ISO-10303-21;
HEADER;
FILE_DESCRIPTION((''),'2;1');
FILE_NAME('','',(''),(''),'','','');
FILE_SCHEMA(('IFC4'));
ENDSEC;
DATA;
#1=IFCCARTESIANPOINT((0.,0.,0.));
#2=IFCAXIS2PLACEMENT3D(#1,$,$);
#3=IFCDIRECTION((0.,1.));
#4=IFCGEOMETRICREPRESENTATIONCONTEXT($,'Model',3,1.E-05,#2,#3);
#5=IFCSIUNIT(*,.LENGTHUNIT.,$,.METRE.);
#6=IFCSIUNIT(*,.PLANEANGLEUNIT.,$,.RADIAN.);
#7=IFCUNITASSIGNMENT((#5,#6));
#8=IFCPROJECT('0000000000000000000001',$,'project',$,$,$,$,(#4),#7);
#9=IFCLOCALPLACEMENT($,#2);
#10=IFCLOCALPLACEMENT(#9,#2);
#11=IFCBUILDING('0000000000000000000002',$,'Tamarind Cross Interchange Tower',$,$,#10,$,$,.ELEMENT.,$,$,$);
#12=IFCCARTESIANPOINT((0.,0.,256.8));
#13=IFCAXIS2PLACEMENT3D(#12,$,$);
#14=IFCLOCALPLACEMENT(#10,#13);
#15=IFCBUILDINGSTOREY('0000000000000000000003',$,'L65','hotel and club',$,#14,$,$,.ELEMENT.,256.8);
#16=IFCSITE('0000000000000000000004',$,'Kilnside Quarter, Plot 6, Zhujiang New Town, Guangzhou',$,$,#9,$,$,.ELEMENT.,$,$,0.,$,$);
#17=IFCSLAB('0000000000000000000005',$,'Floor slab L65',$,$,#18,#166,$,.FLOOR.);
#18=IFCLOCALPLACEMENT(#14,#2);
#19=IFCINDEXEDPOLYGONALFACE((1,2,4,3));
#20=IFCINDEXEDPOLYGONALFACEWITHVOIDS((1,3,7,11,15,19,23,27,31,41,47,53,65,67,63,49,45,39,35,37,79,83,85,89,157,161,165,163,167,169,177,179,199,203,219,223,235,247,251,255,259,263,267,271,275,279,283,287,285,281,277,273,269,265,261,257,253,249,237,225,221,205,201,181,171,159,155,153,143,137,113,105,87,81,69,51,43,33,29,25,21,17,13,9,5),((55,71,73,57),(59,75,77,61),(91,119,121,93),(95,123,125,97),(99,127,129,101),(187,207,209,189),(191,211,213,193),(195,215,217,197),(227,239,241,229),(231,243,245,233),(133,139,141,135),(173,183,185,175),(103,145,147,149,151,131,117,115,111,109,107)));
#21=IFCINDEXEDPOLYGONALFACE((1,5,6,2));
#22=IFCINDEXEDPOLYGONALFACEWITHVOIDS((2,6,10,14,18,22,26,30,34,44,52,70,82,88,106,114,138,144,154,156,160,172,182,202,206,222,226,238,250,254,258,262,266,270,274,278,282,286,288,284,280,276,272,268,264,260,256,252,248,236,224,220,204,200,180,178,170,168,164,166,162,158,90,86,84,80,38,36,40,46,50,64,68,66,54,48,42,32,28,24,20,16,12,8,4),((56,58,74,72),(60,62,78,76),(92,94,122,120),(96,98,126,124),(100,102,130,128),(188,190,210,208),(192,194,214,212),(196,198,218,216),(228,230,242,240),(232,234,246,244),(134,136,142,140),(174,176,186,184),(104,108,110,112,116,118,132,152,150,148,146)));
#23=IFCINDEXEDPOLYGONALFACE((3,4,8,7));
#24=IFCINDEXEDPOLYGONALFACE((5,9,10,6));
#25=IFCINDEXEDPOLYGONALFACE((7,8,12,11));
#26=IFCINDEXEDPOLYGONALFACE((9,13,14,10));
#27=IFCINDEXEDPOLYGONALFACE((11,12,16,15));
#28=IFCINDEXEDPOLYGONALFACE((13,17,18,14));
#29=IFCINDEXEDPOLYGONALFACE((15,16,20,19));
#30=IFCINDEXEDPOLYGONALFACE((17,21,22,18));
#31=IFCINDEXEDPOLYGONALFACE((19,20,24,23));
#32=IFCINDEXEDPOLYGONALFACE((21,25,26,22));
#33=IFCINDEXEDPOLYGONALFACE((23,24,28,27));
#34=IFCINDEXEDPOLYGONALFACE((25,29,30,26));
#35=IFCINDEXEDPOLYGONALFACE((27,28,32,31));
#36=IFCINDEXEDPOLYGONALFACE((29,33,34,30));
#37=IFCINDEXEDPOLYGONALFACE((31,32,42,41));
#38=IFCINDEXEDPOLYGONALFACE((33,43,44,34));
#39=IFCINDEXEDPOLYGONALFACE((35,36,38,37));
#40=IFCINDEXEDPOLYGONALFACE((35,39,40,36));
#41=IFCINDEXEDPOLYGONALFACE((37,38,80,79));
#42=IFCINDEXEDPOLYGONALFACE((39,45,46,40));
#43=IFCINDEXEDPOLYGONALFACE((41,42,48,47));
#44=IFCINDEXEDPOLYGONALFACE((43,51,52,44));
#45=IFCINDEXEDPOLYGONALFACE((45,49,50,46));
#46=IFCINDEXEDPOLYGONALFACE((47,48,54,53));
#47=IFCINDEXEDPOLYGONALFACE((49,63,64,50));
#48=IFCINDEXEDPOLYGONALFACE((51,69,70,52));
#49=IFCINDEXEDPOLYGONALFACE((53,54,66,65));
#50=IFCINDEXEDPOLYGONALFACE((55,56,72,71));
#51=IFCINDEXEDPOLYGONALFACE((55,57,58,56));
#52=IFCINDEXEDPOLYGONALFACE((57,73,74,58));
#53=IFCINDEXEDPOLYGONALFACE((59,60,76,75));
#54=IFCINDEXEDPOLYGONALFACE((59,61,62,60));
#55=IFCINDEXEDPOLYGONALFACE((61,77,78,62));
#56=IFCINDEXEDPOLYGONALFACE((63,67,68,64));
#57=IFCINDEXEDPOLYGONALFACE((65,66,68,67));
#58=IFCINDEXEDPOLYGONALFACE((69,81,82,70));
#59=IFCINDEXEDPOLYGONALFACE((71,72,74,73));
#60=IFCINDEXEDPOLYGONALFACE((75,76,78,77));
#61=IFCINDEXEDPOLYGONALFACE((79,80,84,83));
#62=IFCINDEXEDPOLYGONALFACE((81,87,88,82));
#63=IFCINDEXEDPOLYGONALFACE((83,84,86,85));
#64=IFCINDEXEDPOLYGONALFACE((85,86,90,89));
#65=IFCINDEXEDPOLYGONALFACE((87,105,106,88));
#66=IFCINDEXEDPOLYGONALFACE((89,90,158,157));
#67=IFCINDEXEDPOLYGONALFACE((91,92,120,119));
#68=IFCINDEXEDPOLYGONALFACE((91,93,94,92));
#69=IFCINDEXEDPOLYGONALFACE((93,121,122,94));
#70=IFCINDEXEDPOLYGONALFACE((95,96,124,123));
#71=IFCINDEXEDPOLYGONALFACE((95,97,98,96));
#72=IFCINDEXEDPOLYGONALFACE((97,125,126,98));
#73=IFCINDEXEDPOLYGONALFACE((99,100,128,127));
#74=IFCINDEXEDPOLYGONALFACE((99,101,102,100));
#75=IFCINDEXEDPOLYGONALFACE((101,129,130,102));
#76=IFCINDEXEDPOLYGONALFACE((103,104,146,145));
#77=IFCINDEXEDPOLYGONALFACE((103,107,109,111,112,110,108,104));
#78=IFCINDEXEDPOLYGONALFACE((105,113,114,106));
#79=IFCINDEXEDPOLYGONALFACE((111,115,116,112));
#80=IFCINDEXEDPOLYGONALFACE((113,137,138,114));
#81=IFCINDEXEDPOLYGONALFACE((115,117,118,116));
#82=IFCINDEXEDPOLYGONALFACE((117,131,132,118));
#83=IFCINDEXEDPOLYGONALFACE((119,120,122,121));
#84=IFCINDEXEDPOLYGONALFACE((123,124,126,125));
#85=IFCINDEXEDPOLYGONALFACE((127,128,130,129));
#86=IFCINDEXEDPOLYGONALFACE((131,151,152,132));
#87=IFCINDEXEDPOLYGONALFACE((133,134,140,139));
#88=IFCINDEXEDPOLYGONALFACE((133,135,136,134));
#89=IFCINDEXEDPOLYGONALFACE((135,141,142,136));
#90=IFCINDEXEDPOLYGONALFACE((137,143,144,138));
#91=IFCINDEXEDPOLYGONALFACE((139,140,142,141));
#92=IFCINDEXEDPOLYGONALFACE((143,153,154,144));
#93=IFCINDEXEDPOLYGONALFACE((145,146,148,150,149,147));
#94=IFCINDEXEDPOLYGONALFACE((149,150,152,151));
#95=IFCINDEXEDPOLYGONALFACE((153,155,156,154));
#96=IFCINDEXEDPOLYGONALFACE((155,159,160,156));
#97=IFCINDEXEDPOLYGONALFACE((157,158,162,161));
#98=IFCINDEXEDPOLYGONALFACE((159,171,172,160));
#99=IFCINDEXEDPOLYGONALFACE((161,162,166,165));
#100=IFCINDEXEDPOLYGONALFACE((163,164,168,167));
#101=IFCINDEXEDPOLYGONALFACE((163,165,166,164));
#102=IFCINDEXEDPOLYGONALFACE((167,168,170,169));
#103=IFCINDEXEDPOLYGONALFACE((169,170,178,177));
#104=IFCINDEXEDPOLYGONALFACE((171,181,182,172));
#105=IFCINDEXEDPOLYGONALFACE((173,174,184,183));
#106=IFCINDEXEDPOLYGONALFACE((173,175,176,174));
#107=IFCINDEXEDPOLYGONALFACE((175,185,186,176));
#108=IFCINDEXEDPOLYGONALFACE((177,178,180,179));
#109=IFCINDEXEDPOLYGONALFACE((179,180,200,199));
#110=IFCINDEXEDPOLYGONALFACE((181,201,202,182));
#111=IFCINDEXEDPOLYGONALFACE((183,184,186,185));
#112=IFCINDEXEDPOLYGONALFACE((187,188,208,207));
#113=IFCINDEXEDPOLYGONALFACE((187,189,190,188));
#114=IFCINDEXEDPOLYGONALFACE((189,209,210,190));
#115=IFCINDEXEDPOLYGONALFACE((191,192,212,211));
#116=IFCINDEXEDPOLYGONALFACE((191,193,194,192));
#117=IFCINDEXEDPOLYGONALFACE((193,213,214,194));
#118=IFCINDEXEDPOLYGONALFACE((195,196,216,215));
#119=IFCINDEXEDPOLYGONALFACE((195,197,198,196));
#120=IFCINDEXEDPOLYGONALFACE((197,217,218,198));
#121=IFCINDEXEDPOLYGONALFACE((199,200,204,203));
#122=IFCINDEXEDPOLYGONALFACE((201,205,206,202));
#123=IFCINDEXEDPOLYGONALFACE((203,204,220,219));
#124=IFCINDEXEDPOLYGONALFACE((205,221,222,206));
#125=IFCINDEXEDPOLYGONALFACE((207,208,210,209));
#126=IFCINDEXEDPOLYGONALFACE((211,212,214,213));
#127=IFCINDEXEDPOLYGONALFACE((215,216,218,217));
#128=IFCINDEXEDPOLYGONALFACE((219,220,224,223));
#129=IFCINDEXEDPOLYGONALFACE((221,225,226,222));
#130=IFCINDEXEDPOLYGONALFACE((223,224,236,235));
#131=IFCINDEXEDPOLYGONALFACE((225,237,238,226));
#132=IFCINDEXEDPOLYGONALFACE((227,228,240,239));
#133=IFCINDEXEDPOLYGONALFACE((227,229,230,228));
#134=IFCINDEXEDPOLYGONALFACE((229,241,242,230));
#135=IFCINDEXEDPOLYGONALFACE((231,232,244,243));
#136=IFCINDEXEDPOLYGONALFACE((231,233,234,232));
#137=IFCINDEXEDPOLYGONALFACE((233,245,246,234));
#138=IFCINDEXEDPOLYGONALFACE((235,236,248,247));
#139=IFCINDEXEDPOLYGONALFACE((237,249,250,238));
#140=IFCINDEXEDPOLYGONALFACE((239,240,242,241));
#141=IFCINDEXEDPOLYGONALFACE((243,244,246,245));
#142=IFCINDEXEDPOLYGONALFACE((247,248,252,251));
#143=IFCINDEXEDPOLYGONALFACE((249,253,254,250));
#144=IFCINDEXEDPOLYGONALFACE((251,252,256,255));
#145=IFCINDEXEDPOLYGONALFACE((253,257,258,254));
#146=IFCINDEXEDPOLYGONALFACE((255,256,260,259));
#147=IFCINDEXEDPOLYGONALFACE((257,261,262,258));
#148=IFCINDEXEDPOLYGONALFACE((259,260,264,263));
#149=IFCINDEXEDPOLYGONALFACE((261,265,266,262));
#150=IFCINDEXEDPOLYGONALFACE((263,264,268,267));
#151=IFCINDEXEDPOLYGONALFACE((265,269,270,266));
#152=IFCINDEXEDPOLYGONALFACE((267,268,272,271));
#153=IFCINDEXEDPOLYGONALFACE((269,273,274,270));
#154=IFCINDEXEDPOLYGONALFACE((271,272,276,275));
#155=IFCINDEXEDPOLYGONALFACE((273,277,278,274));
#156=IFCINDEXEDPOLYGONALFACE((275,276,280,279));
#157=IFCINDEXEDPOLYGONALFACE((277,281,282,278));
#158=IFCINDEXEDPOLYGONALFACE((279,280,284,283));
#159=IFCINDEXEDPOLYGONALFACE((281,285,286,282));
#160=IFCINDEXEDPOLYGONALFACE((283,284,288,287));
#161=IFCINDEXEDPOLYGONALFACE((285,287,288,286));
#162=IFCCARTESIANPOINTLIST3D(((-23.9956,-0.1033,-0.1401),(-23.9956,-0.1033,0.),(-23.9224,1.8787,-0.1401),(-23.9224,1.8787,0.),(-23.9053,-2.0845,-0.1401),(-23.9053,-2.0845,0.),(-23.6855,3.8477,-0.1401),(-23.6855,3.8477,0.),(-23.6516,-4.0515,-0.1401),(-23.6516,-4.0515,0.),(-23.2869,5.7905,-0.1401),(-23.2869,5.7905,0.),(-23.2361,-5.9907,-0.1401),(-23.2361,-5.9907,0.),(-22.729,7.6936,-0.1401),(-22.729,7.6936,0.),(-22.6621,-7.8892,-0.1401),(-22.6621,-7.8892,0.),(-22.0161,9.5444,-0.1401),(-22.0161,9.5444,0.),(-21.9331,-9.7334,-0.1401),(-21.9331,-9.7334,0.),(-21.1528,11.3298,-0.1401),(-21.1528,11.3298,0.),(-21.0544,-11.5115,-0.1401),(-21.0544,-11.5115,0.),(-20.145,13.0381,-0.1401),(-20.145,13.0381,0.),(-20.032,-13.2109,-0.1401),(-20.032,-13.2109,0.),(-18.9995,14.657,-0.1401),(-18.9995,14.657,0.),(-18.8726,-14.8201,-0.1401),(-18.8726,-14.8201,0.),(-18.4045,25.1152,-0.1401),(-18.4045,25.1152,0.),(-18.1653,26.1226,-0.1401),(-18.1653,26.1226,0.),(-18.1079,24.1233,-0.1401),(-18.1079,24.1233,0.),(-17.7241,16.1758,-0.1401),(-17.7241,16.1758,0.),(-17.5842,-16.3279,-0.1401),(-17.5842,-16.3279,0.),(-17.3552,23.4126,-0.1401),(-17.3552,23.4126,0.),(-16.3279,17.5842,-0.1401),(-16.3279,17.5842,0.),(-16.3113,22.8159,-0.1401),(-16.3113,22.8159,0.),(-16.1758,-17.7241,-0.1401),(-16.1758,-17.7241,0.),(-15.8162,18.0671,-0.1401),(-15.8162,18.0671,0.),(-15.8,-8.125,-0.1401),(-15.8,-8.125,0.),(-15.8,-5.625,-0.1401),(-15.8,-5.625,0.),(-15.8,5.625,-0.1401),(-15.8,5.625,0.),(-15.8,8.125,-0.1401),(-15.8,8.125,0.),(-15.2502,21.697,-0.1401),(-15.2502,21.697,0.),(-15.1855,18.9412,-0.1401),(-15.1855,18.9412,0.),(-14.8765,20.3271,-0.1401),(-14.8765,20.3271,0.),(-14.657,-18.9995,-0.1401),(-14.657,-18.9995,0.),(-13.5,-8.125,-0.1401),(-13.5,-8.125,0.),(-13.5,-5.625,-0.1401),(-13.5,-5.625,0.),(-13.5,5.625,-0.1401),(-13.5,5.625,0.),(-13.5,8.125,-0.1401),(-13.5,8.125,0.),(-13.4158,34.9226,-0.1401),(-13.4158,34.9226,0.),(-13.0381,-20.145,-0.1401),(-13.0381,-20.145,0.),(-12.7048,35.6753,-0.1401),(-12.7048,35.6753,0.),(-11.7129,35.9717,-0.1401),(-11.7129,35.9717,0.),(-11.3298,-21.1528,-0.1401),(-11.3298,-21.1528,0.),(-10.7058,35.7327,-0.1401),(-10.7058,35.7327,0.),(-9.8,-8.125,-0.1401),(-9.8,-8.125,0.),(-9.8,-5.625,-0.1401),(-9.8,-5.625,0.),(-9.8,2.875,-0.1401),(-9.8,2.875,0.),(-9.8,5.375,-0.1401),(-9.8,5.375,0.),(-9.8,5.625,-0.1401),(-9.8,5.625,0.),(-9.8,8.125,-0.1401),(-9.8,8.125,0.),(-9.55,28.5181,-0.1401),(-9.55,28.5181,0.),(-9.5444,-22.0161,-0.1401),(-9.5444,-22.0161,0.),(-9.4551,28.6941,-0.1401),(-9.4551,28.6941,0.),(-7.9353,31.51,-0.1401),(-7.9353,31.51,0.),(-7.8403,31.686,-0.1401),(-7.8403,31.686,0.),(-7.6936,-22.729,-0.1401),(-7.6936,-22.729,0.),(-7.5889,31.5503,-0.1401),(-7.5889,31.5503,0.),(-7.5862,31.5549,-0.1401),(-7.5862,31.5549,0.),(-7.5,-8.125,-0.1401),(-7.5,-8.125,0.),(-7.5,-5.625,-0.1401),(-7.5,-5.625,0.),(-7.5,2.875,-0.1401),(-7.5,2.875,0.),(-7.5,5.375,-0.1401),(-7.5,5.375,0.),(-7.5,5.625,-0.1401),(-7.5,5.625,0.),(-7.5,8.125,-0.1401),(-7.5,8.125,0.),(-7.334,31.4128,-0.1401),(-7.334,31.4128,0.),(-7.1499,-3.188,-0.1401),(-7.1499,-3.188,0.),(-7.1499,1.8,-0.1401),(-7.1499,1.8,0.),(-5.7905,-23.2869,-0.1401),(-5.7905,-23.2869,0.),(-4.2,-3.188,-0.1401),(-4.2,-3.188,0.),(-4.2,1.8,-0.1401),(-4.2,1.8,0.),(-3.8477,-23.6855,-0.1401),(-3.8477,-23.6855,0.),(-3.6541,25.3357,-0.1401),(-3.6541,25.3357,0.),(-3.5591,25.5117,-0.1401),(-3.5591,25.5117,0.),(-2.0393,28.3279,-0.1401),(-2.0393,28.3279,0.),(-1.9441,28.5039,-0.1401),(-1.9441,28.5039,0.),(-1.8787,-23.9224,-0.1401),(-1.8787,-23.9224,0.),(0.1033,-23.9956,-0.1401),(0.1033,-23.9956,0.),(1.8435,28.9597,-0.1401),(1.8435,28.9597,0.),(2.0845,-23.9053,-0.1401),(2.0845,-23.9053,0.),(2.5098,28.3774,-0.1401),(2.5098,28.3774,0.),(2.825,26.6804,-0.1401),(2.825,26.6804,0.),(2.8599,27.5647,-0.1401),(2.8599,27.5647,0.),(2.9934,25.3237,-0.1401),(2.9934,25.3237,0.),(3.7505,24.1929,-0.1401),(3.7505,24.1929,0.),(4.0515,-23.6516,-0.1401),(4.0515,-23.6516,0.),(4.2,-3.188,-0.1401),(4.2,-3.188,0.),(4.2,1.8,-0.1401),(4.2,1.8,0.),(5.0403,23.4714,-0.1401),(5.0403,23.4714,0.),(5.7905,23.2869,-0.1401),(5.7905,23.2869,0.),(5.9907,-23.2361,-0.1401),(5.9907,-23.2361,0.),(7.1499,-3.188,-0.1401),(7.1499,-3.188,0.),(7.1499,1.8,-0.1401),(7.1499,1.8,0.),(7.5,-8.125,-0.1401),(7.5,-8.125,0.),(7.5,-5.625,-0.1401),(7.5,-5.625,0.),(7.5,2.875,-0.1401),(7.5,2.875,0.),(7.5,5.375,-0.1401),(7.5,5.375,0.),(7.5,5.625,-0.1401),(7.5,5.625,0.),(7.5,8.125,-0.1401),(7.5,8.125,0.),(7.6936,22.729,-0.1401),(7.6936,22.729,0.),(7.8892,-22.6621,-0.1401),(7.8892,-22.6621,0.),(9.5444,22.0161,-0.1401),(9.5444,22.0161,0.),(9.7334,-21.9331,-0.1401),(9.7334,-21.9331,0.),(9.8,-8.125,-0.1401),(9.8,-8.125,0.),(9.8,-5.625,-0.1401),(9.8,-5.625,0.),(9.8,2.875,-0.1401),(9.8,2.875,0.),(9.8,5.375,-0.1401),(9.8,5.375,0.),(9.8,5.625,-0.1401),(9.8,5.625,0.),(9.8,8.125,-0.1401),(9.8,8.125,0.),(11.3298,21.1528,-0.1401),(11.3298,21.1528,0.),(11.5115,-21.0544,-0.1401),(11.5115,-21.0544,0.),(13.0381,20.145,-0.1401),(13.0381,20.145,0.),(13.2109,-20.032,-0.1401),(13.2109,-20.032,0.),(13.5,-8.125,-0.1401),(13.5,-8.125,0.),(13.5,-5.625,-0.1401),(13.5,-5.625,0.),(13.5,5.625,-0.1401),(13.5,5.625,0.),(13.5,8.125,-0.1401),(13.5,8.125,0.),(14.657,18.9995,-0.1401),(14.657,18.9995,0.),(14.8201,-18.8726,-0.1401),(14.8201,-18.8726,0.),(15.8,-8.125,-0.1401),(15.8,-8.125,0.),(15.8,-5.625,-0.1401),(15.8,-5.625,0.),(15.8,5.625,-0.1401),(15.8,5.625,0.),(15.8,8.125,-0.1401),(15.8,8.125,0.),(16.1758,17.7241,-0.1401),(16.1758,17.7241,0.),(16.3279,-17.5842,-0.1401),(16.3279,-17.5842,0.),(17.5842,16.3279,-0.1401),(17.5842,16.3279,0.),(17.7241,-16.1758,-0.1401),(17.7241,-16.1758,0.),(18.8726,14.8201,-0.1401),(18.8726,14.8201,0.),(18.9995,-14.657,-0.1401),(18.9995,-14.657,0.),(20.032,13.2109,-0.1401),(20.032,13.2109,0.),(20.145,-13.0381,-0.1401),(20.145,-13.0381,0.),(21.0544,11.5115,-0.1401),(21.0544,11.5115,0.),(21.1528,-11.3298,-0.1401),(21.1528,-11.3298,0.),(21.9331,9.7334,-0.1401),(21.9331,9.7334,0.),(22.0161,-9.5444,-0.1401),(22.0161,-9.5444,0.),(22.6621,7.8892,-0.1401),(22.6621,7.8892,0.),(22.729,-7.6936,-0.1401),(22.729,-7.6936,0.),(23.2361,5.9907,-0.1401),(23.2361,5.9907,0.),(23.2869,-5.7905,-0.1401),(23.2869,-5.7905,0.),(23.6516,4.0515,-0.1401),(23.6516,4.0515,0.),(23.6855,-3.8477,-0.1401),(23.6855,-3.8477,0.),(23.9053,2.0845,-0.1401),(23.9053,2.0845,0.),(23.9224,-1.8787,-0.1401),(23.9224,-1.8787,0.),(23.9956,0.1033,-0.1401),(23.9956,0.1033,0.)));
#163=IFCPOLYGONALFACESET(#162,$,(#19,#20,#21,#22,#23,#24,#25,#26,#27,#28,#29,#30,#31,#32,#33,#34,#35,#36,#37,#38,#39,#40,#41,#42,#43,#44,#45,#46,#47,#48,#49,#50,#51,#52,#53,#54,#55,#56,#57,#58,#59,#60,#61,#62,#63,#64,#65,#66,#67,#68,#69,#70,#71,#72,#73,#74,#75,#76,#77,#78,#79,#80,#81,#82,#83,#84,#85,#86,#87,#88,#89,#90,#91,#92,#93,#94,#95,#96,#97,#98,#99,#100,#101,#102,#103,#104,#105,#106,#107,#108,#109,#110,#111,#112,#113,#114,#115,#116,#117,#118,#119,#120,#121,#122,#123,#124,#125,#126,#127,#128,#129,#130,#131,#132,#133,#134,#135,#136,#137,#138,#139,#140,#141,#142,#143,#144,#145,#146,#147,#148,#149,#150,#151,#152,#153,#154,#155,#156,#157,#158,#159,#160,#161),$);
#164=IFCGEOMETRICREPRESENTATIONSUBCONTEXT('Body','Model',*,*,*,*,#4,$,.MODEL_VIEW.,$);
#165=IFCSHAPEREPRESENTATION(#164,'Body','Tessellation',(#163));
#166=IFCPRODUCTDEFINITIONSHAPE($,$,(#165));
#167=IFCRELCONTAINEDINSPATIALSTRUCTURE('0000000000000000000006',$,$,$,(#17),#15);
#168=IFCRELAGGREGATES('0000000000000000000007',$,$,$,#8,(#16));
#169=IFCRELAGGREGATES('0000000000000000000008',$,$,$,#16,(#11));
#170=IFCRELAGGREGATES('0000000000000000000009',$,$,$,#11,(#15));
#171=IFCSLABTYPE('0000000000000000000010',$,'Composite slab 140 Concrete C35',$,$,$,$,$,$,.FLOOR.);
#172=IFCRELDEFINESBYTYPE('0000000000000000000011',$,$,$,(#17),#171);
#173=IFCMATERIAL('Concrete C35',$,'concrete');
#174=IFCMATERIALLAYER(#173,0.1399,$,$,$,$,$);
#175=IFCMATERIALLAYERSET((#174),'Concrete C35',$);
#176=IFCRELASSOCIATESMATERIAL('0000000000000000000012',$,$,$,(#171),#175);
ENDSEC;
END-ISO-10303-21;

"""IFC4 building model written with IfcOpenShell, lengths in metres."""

from ifc_helpers import new_model, si_unit, direction, frame, origin, place, context, subcontext, project, spatial, polyline, outline, extrude, material, layer, layer_set, type_object, element, save


model = new_model("IFC4")

# Units and contexts
model_context = context("Model", 3, precision=1e-05, world=origin(), true_north=direction((0.0, 1.0)))
body_context = subcontext(model_context, "Body", "Model", "MODEL_VIEW")
ifc_project = project(units=[si_unit("LENGTHUNIT", "METRE"), si_unit("PLANEANGLEUNIT", "RADIAN")], contexts=[model_context])

# Site, building, storey
site_placement = place(None, origin())
site = spatial("IfcSite", under=ifc_project, at=site_placement, Name="Kilnside Quarter, Plot 6, Zhujiang New Town, Guangzhou", CompositionType="ELEMENT", RefElevation=0.0)
building_placement = place(site_placement, origin())
building = spatial("IfcBuilding", under=site, at=building_placement, Name="Tamarind Cross Interchange Tower", CompositionType="ELEMENT")
storey_placement = place(building_placement, frame((0.0, 0.0, 256.8)))
storey = spatial("IfcBuildingStorey", under=building, at=storey_placement, Name="L65", Description="hotel and club", CompositionType="ELEMENT", Elevation=256.8)

# Slab
ifc_material_1 = material(Name="Concrete C35", Category="concrete")
ifc_layer_1 = layer(ifc_material_1, 0.1399)
ifc_layer_set_1 = layer_set([ifc_layer_1], Name="Concrete C35")
slab_type = type_object("IfcSlabType", Name="Composite slab 140 Concrete C35", PredefinedType="FLOOR", material=ifc_layer_set_1)
slab_1_placement = place(storey_placement, frame((0.0, 0.0, -0.1401)))
element("IfcSlab", 1, at=slab_1_placement, inside=storey, type_object=slab_type, Name="Floor slab L65", PredefinedType="FLOOR", context=body_context, shape_type="SweptSolid", body=[
    extrude(outline(polyline([(2.5098, 28.3774), (1.8435, 28.9597), (-10.7058, 35.7327), (-11.7129, 35.9717), (-12.7048, 35.6753), (-13.4158, 34.9226), (-18.1653, 26.1226), (-18.4045, 25.1152), (-18.1079, 24.1233), (-17.3552, 23.4126), (-16.3113, 22.8159), (-15.2502, 21.697), (-14.8765, 20.3271), (-15.1855, 18.9412), (-15.8162, 18.0671), (-16.3279, 17.5842), (-17.7241, 16.1758), (-18.9995, 14.657), (-20.145, 13.0381), (-21.1528, 11.3298), (-22.0161, 9.5444), (-22.729, 7.6936), (-23.2869, 5.7905), (-23.6855, 3.8477), (-23.9224, 1.8787), (-23.9956, -0.1033), (-23.9053, -2.0845), (-23.6516, -4.0515), (-23.2361, -5.9907), (-22.6621, -7.8892), (-21.9331, -9.7334), (-21.0544, -11.5115), (-20.032, -13.2109), (-18.8726, -14.8201), (-17.5842, -16.3279), (-16.1758, -17.7241), (-14.657, -18.9995), (-13.0381, -20.145), (-11.3298, -21.1528), (-9.5444, -22.0161), (-7.6936, -22.729), (-5.7905, -23.2869), (-3.8477, -23.6855), (-1.8787, -23.9224), (0.1033, -23.9956), (2.0845, -23.9053), (4.0515, -23.6516), (5.9907, -23.2361), (7.8892, -22.6621), (9.7334, -21.9331), (11.5115, -21.0544), (13.2109, -20.032), (14.8201, -18.8726), (16.3279, -17.5842), (17.7241, -16.1758), (18.9995, -14.657), (20.145, -13.0381), (21.1528, -11.3298), (22.0161, -9.5444), (22.729, -7.6936), (23.2869, -5.7905), (23.6855, -3.8477), (23.9224, -1.8787), (23.9956, 0.1033), (23.9053, 2.0845), (23.6516, 4.0515), (23.2361, 5.9907), (22.6621, 7.8892), (21.9331, 9.7334), (21.0544, 11.5115), (20.032, 13.2109), (18.8726, 14.8201), (17.5842, 16.3279), (16.1758, 17.7241), (14.657, 18.9995), (13.0381, 20.145), (11.3298, 21.1528), (9.5444, 22.0161), (7.6936, 22.729), (5.7905, 23.2869), (5.0403, 23.4714), (3.7505, 24.1929), (2.9934, 25.3237), (2.825, 26.6804), (2.8599, 27.5647), (2.5098, 28.3774)]), holes=[polyline([(-13.5, -5.625), (-13.5, -8.125), (-15.8, -8.125), (-15.8, -5.625), (-13.5, -5.625)]), polyline([(-7.5, -5.625), (-7.5, -8.125), (-9.8, -8.125), (-9.8, -5.625), (-7.5, -5.625)]), polyline([(-7.5, 5.375), (-7.5, 2.875), (-9.8, 2.875), (-9.8, 5.375), (-7.5, 5.375)]), polyline([(-13.5, 8.125), (-13.5, 5.625), (-15.8, 5.625), (-15.8, 8.125), (-13.5, 8.125)]), polyline([(-7.5, 8.125), (-7.5, 5.625), (-9.8, 5.625), (-9.8, 8.125), (-7.5, 8.125)]), polyline([(-3.6541, 25.3357), (-9.55, 28.5181), (-9.4551, 28.6941), (-7.9353, 31.51), (-7.8403, 31.686), (-7.5889, 31.5503), (-7.5862, 31.5549), (-7.334, 31.4128), (-1.9441, 28.5039), (-2.0393, 28.3279), (-3.5591, 25.5117), (-3.6541, 25.3357)]), polyline([(7.5, -8.125), (7.5, -5.625), (9.8, -5.625), (9.8, -8.125), (7.5, -8.125)]), polyline([(13.5, -8.125), (13.5, -5.625), (15.8, -5.625), (15.8, -8.125), (13.5, -8.125)]), polyline([(-7.1499, 1.8), (-4.2, 1.8), (-4.2, -3.188), (-7.1499, -3.188), (-7.1499, 1.8)]), polyline([(4.2, 1.8), (7.1499, 1.8), (7.1499, -3.188), (4.2, -3.188), (4.2, 1.8)]), polyline([(7.5, 2.875), (7.5, 5.375), (9.8, 5.375), (9.8, 2.875), (7.5, 2.875)]), polyline([(7.5, 5.625), (7.5, 8.125), (9.8, 8.125), (9.8, 5.625), (7.5, 5.625)]), polyline([(13.5, 5.625), (13.5, 8.125), (15.8, 8.125), (15.8, 5.625), (13.5, 5.625)])]), origin(), (0.0, 0.0, 1.0), 0.1401),
])

save(model, "model.ifc")
